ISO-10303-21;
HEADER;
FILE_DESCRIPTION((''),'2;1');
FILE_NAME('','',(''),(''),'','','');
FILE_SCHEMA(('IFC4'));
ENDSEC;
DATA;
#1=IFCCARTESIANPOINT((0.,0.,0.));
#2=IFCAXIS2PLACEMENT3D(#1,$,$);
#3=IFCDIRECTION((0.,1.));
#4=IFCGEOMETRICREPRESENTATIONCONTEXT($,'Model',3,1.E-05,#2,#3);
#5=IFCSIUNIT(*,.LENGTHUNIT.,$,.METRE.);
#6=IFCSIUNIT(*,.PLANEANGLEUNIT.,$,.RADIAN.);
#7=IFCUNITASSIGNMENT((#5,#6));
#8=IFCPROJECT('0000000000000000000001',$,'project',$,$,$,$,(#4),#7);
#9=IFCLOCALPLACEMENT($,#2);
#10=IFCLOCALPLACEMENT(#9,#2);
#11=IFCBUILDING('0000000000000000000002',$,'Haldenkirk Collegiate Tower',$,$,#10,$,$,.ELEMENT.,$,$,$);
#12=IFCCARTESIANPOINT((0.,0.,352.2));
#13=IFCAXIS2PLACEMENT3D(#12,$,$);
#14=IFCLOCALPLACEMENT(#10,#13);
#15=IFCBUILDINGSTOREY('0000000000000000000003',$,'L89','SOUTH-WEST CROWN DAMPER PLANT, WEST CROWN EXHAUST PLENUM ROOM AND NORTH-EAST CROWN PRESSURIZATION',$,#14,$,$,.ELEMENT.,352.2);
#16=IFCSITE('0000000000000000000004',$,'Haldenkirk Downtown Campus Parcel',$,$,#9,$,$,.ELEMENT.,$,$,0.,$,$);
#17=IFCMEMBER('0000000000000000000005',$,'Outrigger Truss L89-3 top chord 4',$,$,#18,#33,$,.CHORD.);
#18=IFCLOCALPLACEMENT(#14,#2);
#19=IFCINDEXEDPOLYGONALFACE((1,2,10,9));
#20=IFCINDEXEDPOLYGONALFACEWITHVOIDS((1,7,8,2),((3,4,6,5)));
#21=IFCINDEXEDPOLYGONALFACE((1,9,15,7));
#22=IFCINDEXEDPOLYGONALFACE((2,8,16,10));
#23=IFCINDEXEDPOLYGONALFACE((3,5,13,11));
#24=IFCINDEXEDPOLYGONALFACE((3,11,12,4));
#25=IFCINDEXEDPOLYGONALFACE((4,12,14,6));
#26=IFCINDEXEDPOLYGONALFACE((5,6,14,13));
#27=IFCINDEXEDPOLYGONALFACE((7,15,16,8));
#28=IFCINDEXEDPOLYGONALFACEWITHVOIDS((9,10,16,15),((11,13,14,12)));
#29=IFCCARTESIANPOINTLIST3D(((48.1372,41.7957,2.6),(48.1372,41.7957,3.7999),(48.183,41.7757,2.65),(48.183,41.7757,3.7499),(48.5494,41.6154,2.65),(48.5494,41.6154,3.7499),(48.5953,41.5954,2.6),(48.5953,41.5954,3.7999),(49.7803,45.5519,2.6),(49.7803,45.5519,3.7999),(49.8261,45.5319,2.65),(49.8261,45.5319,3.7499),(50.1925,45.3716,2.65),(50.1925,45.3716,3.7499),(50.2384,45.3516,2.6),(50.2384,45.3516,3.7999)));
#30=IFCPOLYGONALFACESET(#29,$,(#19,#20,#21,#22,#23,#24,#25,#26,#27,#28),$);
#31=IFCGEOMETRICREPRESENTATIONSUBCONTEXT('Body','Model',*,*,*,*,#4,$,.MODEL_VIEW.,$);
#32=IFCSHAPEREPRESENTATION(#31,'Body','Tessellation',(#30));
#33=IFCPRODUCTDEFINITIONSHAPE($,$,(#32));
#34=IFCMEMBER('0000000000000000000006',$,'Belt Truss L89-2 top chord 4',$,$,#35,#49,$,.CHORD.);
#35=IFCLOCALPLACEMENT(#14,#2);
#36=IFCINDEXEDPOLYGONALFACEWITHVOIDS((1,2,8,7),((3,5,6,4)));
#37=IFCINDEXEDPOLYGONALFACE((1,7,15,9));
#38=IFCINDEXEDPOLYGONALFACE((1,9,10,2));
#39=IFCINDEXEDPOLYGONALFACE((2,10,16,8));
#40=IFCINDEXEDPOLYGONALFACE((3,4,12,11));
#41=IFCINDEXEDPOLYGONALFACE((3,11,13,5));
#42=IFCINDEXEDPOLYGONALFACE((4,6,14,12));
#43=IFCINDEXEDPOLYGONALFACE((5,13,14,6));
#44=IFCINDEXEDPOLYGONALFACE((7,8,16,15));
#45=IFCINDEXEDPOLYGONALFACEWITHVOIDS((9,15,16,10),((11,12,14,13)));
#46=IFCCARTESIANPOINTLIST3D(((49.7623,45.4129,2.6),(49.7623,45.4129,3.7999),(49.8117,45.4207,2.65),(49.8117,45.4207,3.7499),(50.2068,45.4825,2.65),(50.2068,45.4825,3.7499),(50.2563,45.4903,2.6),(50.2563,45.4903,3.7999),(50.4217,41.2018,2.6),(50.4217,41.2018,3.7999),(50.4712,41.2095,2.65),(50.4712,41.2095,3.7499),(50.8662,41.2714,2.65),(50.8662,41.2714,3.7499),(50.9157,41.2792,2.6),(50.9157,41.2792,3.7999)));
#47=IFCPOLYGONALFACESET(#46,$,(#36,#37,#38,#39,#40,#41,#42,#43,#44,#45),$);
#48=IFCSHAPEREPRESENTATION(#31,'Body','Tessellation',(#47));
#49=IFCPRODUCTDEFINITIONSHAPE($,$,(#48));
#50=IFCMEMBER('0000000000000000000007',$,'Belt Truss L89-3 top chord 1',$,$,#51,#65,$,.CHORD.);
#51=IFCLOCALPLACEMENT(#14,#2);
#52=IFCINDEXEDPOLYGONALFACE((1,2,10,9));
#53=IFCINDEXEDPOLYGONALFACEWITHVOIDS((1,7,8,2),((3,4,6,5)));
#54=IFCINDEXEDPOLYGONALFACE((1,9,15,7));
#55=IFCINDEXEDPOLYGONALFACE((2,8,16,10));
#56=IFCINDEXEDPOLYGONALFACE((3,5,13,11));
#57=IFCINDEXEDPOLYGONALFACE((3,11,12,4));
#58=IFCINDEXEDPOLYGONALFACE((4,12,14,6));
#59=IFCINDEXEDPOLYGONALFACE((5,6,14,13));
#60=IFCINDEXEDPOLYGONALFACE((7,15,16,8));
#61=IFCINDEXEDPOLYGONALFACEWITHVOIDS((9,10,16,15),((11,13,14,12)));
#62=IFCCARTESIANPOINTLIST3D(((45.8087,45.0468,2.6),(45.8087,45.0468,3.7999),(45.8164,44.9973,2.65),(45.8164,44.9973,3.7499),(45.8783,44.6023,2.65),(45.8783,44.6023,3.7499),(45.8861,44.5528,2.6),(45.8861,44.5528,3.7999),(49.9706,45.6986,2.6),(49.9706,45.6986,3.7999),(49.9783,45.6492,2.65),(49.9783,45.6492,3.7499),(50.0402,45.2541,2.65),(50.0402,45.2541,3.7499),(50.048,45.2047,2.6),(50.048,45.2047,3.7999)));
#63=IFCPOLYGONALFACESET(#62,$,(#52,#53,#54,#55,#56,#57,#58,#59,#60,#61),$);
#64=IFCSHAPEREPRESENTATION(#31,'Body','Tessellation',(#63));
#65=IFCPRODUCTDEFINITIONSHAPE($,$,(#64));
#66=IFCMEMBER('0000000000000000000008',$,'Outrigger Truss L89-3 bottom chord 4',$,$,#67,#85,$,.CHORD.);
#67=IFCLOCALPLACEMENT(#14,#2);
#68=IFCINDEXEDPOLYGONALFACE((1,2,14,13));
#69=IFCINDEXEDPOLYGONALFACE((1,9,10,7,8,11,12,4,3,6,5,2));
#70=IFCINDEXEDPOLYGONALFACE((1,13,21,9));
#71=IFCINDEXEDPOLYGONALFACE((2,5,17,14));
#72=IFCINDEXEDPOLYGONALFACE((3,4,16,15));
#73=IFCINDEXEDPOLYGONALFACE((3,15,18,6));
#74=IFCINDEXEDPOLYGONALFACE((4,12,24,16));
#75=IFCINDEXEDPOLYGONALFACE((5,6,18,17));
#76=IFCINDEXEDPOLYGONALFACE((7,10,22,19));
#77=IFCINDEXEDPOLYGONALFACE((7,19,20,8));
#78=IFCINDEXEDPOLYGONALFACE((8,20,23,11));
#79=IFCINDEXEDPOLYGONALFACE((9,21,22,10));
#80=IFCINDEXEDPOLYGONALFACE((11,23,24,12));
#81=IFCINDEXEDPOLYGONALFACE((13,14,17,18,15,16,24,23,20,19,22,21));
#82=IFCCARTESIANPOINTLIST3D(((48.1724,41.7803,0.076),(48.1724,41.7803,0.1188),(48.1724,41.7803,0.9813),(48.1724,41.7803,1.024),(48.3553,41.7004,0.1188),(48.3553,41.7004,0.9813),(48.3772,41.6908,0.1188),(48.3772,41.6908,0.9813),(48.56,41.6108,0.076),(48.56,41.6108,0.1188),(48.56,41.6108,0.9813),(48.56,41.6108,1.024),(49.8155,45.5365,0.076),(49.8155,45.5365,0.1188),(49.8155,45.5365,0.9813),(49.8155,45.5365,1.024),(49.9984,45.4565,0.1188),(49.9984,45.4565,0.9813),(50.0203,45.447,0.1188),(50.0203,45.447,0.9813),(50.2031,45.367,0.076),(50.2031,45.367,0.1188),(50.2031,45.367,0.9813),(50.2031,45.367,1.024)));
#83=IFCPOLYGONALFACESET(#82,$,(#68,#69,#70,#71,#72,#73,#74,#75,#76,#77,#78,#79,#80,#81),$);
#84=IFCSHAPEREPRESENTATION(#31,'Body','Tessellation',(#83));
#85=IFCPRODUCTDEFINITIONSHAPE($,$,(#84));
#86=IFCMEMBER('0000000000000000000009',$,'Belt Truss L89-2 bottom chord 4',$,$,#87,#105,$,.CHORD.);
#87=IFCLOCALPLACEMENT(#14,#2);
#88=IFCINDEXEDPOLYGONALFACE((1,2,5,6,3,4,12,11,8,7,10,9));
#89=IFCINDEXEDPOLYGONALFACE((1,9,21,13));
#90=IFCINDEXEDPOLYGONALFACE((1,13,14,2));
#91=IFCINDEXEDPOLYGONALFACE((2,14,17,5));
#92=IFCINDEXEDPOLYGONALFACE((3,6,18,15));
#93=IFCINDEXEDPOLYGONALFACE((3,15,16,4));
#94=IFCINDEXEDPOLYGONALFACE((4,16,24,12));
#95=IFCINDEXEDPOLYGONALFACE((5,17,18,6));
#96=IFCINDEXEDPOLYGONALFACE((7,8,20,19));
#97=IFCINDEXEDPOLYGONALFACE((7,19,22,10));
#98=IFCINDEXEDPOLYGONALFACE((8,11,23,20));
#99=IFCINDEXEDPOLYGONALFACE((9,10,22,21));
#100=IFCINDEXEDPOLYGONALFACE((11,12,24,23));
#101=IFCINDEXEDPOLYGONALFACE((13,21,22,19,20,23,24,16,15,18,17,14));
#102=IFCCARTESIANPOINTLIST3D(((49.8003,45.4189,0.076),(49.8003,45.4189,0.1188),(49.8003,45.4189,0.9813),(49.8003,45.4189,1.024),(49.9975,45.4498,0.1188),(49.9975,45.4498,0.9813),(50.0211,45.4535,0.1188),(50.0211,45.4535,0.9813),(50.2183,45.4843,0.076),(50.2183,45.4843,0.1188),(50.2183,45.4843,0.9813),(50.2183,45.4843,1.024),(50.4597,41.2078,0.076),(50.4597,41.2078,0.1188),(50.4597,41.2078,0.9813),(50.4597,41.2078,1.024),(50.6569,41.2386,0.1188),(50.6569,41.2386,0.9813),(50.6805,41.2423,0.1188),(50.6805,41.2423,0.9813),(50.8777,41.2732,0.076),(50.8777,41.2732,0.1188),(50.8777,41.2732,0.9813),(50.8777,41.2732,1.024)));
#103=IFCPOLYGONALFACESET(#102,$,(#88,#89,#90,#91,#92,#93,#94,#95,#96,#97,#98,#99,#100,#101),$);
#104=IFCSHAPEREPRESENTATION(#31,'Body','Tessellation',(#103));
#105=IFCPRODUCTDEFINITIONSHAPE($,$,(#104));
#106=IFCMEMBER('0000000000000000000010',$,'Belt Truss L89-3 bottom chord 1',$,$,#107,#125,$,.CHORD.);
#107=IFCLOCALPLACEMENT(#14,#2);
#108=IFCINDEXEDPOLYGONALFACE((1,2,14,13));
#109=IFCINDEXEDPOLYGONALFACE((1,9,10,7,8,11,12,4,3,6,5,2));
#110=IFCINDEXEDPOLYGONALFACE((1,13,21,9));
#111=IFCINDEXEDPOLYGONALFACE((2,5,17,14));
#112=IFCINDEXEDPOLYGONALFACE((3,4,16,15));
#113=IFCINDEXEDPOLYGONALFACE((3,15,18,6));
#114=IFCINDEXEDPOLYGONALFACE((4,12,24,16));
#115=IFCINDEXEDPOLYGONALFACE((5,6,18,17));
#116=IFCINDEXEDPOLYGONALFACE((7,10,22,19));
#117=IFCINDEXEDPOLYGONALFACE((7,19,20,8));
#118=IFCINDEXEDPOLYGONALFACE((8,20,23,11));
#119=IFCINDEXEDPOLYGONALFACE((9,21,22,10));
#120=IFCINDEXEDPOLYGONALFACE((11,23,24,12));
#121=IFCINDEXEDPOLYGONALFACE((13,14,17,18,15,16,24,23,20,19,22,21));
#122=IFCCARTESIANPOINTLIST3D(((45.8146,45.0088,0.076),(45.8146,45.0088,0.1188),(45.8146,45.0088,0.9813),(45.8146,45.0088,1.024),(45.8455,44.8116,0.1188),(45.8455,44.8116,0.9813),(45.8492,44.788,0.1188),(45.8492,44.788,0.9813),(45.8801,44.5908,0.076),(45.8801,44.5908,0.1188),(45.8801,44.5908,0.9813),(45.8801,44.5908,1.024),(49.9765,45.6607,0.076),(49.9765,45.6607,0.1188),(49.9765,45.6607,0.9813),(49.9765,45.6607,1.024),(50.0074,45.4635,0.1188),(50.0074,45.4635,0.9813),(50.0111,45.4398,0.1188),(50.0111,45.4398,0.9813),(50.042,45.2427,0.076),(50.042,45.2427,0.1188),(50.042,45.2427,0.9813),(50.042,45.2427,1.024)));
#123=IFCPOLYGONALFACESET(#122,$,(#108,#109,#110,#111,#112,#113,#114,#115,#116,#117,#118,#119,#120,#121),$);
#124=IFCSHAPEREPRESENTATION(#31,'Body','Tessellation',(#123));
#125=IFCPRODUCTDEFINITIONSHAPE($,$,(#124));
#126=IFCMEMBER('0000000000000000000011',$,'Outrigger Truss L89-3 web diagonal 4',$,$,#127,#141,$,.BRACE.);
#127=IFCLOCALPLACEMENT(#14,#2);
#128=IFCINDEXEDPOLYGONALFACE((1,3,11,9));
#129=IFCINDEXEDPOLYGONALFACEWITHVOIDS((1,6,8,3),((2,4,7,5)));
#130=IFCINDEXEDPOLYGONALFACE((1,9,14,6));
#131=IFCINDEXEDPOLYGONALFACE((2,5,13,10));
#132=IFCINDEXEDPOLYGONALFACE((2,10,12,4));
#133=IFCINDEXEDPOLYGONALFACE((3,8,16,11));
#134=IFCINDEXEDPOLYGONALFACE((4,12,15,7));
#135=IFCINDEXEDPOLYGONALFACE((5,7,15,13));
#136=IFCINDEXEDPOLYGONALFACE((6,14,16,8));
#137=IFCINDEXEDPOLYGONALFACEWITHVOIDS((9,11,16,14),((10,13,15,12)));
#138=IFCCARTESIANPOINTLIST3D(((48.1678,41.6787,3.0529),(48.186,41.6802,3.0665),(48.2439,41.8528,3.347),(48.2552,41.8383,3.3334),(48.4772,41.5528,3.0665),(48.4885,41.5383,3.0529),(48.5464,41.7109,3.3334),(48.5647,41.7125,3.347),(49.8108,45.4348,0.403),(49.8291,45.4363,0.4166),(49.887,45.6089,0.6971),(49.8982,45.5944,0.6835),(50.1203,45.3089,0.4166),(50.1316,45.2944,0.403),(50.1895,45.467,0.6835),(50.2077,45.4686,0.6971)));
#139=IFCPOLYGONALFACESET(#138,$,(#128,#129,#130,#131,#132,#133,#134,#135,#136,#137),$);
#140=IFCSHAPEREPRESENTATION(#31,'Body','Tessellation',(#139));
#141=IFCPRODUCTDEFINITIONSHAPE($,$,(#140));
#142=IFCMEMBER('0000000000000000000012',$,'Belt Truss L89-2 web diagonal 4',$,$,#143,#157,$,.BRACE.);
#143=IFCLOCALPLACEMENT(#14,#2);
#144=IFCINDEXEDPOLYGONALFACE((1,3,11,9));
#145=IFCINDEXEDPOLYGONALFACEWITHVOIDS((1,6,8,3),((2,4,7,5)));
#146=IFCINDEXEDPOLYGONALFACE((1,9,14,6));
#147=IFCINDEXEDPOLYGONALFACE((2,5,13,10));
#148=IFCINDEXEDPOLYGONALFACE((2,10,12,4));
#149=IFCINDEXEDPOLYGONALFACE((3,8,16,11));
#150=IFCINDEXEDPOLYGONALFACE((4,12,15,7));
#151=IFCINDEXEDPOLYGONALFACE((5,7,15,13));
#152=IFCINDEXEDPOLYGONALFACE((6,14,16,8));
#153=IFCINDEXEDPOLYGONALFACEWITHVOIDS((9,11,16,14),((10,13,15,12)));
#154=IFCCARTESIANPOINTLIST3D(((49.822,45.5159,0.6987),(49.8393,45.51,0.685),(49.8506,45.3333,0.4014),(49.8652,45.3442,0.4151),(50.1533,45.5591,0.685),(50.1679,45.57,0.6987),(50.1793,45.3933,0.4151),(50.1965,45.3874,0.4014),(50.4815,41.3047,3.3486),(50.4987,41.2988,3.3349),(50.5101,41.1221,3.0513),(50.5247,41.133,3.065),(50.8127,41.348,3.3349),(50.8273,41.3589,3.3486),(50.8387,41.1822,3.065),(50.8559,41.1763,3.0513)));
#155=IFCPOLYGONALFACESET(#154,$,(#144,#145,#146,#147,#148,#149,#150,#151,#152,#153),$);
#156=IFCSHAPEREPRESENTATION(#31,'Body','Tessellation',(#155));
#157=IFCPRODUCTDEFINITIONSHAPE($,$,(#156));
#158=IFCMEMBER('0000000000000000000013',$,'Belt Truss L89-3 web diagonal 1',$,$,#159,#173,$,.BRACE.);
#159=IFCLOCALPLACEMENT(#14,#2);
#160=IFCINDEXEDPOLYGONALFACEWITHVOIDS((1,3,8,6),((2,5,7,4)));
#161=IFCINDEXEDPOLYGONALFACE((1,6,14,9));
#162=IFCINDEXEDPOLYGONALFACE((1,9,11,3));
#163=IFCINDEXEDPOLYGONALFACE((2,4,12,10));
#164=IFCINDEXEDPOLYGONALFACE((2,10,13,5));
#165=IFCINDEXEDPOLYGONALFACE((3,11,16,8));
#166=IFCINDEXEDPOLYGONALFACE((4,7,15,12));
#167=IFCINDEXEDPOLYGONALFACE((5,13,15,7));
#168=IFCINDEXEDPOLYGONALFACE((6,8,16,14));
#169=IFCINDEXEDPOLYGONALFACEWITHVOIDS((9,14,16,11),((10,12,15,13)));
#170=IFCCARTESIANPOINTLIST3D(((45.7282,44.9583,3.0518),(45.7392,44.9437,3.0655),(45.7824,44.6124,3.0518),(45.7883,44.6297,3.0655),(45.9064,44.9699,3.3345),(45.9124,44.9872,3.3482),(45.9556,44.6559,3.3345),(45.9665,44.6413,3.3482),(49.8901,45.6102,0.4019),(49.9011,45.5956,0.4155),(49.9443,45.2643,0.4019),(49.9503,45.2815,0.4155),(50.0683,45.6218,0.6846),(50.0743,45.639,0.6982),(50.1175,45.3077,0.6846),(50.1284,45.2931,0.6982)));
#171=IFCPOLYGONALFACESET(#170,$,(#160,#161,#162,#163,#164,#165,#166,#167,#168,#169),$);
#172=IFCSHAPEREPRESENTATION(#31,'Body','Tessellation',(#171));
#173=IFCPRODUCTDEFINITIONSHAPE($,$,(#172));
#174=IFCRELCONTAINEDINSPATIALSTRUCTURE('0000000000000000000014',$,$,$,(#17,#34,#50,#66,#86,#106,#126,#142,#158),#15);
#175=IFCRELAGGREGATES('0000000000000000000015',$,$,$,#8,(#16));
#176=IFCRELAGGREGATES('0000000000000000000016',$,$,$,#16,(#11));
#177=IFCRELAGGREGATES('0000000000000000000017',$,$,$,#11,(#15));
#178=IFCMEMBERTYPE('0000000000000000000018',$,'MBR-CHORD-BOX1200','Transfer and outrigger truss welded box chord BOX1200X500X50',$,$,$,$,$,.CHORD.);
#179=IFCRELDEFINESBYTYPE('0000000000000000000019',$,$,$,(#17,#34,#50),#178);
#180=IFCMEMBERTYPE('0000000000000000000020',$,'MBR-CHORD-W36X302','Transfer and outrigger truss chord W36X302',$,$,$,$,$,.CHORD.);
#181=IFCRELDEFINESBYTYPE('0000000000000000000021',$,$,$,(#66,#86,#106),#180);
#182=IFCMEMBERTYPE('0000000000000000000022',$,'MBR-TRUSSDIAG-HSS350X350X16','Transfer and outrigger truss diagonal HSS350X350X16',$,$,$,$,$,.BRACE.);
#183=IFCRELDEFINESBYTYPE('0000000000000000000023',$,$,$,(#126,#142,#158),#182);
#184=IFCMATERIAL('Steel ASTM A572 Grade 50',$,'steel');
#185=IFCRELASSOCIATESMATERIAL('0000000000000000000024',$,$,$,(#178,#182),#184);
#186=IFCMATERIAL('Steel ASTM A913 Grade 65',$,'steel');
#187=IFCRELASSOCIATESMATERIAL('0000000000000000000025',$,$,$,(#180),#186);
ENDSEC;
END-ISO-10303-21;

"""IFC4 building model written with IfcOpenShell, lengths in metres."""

from ifc_helpers import new_model, si_unit, direction, frame, origin, origin_2d, place, context, subcontext, project, spatial, hollow_rectangle, i_section, extrude, material, material_profile, profile_set, type_object, element, save


model = new_model("IFC4")

# Units and contexts
model_context = context("Model", 3, precision=1e-05, world=origin(), true_north=direction((0.0, 1.0)))
body_context = subcontext(model_context, "Body", "Model", "MODEL_VIEW")
ifc_project = project(units=[si_unit("LENGTHUNIT", "METRE"), si_unit("PLANEANGLEUNIT", "RADIAN")], contexts=[model_context])

# Site, building, storey
site_placement = place(None, origin())
site = spatial("IfcSite", under=ifc_project, at=site_placement, Name="Haldenkirk Downtown Campus Parcel", CompositionType="ELEMENT", RefElevation=0.0)
building_placement = place(site_placement, origin())
building = spatial("IfcBuilding", under=site, at=building_placement, Name="Haldenkirk Collegiate Tower", CompositionType="ELEMENT")
storey_placement = place(building_placement, frame((0.0, 0.0, 352.2)))
storey = spatial("IfcBuildingStorey", under=building, at=storey_placement, Name="L89", Description="SOUTH-WEST CROWN DAMPER PLANT, WEST CROWN EXHAUST PLENUM ROOM AND NORTH-EAST CROWN PRESSURIZATION", CompositionType="ELEMENT", Elevation=352.2)

# Shared definitions
ifc_material_1 = material(Name="Steel ASTM A913 Grade 65", Category="steel")
ifc_material_2 = material(Name="Steel ASTM A572 Grade 50", Category="steel")

# Members
ifc_material_profile_1 = material_profile(ifc_material_2, hollow_rectangle(XDim=0.5, YDim=1.2, WallThickness=0.05, at=origin_2d()), Name="BOX1200X500X50")
ifc_profile_set_1 = profile_set([ifc_material_profile_1], Name="Steel ASTM A572 Grade 50")
member_type_1 = type_object("IfcMemberType", Name="MBR-CHORD-BOX1200", Description="Transfer and outrigger truss welded box chord BOX1200X500X50", PredefinedType="CHORD", material=ifc_profile_set_1)
member_1_placement = place(storey_placement, frame((48.3662, 41.6956, 3.2), z_axis=(0.400772, 0.916178, 0.0), x_axis=(-0.916178, 0.400772, 0.0)))
element("IfcMember", 1, at=member_1_placement, inside=storey, type_object=member_type_1, Name="Outrigger Truss L89-3 top chord 4", PredefinedType="CHORD", context=body_context, shape_type="SweptSolid", body=[
    extrude(hollow_rectangle(XDim=0.5, YDim=1.2, WallThickness=0.05, at=origin_2d()), origin(), (0.0, 0.0, 1.0), 4.0999),
])
member_2_placement = place(storey_placement, frame((50.6687, 41.2405, 3.2), z_axis=(-0.154704, 0.987961, 0.0), x_axis=(-0.987961, -0.154704, 0.0)))
element("IfcMember", 2, at=member_2_placement, inside=storey, type_object=member_type_1, Name="Belt Truss L89-2 top chord 4", PredefinedType="CHORD", context=body_context, shape_type="SweptSolid", body=[
    extrude(hollow_rectangle(XDim=0.5, YDim=1.2, WallThickness=0.05, at=origin_2d()), origin(), (0.0, 0.0, 1.0), 4.2625),
])
member_3_placement = place(storey_placement, frame((50.0093, 45.4517, 3.2), z_axis=(-0.987955, -0.154739, 0.0), x_axis=(0.154739, -0.987955, 0.0)))
element("IfcMember", 3, at=member_3_placement, inside=storey, type_object=member_type_1, Name="Belt Truss L89-3 top chord 1", PredefinedType="CHORD", context=body_context, shape_type="SweptSolid", body=[
    extrude(hollow_rectangle(XDim=0.5, YDim=1.2, WallThickness=0.05, at=origin_2d()), origin(), (0.0, 0.0, 1.0), 4.2126),
])
ifc_material_profile_2 = material_profile(ifc_material_1, i_section(OverallWidth=0.4231, OverallDepth=0.948, WebThickness=0.0239, FlangeThickness=0.0427, at=origin_2d()), Name="W36X302")
ifc_profile_set_2 = profile_set([ifc_material_profile_2], Name="Steel ASTM A913 Grade 65")
member_type_2 = type_object("IfcMemberType", Name="MBR-CHORD-W36X302", Description="Transfer and outrigger truss chord W36X302", PredefinedType="CHORD", material=ifc_profile_set_2)
member_4_placement = place(storey_placement, frame((48.3662, 41.6956, 0.55), z_axis=(0.400772, 0.916178, 0.0), x_axis=(-0.916178, 0.400772, 0.0)))
element("IfcMember", 4, at=member_4_placement, inside=storey, type_object=member_type_2, Name="Outrigger Truss L89-3 bottom chord 4", PredefinedType="CHORD", context=body_context, shape_type="SweptSolid", body=[
    extrude(i_section(OverallWidth=0.4231, OverallDepth=0.948, WebThickness=0.0239, FlangeThickness=0.0427, at=origin_2d()), origin(), (0.0, 0.0, 1.0), 4.0999),
])
member_5_placement = place(storey_placement, frame((50.6687, 41.2405, 0.55), z_axis=(-0.154704, 0.987961, 0.0), x_axis=(-0.987961, -0.154704, 0.0)))
element("IfcMember", 5, at=member_5_placement, inside=storey, type_object=member_type_2, Name="Belt Truss L89-2 bottom chord 4", PredefinedType="CHORD", context=body_context, shape_type="SweptSolid", body=[
    extrude(i_section(OverallWidth=0.4231, OverallDepth=0.948, WebThickness=0.0239, FlangeThickness=0.0427, at=origin_2d()), origin(), (0.0, 0.0, 1.0), 4.2625),
])
member_6_placement = place(storey_placement, frame((50.0093, 45.4517, 0.55), z_axis=(-0.987955, -0.154739, 0.0), x_axis=(0.154739, -0.987955, 0.0)))
element("IfcMember", 6, at=member_6_placement, inside=storey, type_object=member_type_2, Name="Belt Truss L89-3 bottom chord 1", PredefinedType="CHORD", context=body_context, shape_type="SweptSolid", body=[
    extrude(i_section(OverallWidth=0.4231, OverallDepth=0.948, WebThickness=0.0239, FlangeThickness=0.0427, at=origin_2d()), origin(), (0.0, 0.0, 1.0), 4.2126),
])
ifc_material_profile_3 = material_profile(ifc_material_2, hollow_rectangle(XDim=0.3501, YDim=0.3501, WallThickness=0.0161, at=origin_2d()), Name="HSS350X350X16")
ifc_profile_set_3 = profile_set([ifc_material_profile_3], Name="Steel ASTM A572 Grade 50")
member_type_3 = type_object("IfcMemberType", Name="MBR-TRUSSDIAG-HSS350X350X16", Description="Transfer and outrigger truss diagonal HSS350X350X16", PredefinedType="BRACE", material=ifc_profile_set_3)
member_7_placement = place(storey_placement, frame((48.3662, 41.6956, 3.2), z_axis=(0.336584, 0.769442, -0.542835), x_axis=(-0.916178, 0.400772, 0.0)))
element("IfcMember", 7, at=member_7_placement, inside=storey, type_object=member_type_3, Name="Outrigger Truss L89-3 web diagonal 4", PredefinedType="BRACE", context=body_context, shape_type="SweptSolid", body=[
    extrude(hollow_rectangle(XDim=0.3501, YDim=0.3501, WallThickness=0.0161, at=origin_2d()), origin(), (0.0, 0.0, 1.0), 4.8816),
])
member_8_placement = place(storey_placement, frame((50.6687, 41.2405, 3.2), z_axis=(-0.131384, 0.839039, -0.527969), x_axis=(-0.987961, -0.154704, 0.0)))
element("IfcMember", 8, at=member_8_placement, inside=storey, type_object=member_type_3, Name="Belt Truss L89-2 web diagonal 4", PredefinedType="BRACE", context=body_context, shape_type="SweptSolid", body=[
    extrude(hollow_rectangle(XDim=0.3501, YDim=0.3501, WallThickness=0.0161, at=origin_2d()), origin(), (0.0, 0.0, 1.0), 5.019),
])
member_9_placement = place(storey_placement, frame((50.0093, 45.4517, 0.55), z_axis=(-0.836262, -0.13098, 0.532457), x_axis=(0.154739, -0.987955, 0.0)))
element("IfcMember", 9, at=member_9_placement, inside=storey, type_object=member_type_3, Name="Belt Truss L89-3 web diagonal 1", PredefinedType="BRACE", context=body_context, shape_type="SweptSolid", body=[
    extrude(hollow_rectangle(XDim=0.3501, YDim=0.3501, WallThickness=0.0161, at=origin_2d()), origin(), (0.0, 0.0, 1.0), 4.9768),
])

save(model, "model.ifc")
